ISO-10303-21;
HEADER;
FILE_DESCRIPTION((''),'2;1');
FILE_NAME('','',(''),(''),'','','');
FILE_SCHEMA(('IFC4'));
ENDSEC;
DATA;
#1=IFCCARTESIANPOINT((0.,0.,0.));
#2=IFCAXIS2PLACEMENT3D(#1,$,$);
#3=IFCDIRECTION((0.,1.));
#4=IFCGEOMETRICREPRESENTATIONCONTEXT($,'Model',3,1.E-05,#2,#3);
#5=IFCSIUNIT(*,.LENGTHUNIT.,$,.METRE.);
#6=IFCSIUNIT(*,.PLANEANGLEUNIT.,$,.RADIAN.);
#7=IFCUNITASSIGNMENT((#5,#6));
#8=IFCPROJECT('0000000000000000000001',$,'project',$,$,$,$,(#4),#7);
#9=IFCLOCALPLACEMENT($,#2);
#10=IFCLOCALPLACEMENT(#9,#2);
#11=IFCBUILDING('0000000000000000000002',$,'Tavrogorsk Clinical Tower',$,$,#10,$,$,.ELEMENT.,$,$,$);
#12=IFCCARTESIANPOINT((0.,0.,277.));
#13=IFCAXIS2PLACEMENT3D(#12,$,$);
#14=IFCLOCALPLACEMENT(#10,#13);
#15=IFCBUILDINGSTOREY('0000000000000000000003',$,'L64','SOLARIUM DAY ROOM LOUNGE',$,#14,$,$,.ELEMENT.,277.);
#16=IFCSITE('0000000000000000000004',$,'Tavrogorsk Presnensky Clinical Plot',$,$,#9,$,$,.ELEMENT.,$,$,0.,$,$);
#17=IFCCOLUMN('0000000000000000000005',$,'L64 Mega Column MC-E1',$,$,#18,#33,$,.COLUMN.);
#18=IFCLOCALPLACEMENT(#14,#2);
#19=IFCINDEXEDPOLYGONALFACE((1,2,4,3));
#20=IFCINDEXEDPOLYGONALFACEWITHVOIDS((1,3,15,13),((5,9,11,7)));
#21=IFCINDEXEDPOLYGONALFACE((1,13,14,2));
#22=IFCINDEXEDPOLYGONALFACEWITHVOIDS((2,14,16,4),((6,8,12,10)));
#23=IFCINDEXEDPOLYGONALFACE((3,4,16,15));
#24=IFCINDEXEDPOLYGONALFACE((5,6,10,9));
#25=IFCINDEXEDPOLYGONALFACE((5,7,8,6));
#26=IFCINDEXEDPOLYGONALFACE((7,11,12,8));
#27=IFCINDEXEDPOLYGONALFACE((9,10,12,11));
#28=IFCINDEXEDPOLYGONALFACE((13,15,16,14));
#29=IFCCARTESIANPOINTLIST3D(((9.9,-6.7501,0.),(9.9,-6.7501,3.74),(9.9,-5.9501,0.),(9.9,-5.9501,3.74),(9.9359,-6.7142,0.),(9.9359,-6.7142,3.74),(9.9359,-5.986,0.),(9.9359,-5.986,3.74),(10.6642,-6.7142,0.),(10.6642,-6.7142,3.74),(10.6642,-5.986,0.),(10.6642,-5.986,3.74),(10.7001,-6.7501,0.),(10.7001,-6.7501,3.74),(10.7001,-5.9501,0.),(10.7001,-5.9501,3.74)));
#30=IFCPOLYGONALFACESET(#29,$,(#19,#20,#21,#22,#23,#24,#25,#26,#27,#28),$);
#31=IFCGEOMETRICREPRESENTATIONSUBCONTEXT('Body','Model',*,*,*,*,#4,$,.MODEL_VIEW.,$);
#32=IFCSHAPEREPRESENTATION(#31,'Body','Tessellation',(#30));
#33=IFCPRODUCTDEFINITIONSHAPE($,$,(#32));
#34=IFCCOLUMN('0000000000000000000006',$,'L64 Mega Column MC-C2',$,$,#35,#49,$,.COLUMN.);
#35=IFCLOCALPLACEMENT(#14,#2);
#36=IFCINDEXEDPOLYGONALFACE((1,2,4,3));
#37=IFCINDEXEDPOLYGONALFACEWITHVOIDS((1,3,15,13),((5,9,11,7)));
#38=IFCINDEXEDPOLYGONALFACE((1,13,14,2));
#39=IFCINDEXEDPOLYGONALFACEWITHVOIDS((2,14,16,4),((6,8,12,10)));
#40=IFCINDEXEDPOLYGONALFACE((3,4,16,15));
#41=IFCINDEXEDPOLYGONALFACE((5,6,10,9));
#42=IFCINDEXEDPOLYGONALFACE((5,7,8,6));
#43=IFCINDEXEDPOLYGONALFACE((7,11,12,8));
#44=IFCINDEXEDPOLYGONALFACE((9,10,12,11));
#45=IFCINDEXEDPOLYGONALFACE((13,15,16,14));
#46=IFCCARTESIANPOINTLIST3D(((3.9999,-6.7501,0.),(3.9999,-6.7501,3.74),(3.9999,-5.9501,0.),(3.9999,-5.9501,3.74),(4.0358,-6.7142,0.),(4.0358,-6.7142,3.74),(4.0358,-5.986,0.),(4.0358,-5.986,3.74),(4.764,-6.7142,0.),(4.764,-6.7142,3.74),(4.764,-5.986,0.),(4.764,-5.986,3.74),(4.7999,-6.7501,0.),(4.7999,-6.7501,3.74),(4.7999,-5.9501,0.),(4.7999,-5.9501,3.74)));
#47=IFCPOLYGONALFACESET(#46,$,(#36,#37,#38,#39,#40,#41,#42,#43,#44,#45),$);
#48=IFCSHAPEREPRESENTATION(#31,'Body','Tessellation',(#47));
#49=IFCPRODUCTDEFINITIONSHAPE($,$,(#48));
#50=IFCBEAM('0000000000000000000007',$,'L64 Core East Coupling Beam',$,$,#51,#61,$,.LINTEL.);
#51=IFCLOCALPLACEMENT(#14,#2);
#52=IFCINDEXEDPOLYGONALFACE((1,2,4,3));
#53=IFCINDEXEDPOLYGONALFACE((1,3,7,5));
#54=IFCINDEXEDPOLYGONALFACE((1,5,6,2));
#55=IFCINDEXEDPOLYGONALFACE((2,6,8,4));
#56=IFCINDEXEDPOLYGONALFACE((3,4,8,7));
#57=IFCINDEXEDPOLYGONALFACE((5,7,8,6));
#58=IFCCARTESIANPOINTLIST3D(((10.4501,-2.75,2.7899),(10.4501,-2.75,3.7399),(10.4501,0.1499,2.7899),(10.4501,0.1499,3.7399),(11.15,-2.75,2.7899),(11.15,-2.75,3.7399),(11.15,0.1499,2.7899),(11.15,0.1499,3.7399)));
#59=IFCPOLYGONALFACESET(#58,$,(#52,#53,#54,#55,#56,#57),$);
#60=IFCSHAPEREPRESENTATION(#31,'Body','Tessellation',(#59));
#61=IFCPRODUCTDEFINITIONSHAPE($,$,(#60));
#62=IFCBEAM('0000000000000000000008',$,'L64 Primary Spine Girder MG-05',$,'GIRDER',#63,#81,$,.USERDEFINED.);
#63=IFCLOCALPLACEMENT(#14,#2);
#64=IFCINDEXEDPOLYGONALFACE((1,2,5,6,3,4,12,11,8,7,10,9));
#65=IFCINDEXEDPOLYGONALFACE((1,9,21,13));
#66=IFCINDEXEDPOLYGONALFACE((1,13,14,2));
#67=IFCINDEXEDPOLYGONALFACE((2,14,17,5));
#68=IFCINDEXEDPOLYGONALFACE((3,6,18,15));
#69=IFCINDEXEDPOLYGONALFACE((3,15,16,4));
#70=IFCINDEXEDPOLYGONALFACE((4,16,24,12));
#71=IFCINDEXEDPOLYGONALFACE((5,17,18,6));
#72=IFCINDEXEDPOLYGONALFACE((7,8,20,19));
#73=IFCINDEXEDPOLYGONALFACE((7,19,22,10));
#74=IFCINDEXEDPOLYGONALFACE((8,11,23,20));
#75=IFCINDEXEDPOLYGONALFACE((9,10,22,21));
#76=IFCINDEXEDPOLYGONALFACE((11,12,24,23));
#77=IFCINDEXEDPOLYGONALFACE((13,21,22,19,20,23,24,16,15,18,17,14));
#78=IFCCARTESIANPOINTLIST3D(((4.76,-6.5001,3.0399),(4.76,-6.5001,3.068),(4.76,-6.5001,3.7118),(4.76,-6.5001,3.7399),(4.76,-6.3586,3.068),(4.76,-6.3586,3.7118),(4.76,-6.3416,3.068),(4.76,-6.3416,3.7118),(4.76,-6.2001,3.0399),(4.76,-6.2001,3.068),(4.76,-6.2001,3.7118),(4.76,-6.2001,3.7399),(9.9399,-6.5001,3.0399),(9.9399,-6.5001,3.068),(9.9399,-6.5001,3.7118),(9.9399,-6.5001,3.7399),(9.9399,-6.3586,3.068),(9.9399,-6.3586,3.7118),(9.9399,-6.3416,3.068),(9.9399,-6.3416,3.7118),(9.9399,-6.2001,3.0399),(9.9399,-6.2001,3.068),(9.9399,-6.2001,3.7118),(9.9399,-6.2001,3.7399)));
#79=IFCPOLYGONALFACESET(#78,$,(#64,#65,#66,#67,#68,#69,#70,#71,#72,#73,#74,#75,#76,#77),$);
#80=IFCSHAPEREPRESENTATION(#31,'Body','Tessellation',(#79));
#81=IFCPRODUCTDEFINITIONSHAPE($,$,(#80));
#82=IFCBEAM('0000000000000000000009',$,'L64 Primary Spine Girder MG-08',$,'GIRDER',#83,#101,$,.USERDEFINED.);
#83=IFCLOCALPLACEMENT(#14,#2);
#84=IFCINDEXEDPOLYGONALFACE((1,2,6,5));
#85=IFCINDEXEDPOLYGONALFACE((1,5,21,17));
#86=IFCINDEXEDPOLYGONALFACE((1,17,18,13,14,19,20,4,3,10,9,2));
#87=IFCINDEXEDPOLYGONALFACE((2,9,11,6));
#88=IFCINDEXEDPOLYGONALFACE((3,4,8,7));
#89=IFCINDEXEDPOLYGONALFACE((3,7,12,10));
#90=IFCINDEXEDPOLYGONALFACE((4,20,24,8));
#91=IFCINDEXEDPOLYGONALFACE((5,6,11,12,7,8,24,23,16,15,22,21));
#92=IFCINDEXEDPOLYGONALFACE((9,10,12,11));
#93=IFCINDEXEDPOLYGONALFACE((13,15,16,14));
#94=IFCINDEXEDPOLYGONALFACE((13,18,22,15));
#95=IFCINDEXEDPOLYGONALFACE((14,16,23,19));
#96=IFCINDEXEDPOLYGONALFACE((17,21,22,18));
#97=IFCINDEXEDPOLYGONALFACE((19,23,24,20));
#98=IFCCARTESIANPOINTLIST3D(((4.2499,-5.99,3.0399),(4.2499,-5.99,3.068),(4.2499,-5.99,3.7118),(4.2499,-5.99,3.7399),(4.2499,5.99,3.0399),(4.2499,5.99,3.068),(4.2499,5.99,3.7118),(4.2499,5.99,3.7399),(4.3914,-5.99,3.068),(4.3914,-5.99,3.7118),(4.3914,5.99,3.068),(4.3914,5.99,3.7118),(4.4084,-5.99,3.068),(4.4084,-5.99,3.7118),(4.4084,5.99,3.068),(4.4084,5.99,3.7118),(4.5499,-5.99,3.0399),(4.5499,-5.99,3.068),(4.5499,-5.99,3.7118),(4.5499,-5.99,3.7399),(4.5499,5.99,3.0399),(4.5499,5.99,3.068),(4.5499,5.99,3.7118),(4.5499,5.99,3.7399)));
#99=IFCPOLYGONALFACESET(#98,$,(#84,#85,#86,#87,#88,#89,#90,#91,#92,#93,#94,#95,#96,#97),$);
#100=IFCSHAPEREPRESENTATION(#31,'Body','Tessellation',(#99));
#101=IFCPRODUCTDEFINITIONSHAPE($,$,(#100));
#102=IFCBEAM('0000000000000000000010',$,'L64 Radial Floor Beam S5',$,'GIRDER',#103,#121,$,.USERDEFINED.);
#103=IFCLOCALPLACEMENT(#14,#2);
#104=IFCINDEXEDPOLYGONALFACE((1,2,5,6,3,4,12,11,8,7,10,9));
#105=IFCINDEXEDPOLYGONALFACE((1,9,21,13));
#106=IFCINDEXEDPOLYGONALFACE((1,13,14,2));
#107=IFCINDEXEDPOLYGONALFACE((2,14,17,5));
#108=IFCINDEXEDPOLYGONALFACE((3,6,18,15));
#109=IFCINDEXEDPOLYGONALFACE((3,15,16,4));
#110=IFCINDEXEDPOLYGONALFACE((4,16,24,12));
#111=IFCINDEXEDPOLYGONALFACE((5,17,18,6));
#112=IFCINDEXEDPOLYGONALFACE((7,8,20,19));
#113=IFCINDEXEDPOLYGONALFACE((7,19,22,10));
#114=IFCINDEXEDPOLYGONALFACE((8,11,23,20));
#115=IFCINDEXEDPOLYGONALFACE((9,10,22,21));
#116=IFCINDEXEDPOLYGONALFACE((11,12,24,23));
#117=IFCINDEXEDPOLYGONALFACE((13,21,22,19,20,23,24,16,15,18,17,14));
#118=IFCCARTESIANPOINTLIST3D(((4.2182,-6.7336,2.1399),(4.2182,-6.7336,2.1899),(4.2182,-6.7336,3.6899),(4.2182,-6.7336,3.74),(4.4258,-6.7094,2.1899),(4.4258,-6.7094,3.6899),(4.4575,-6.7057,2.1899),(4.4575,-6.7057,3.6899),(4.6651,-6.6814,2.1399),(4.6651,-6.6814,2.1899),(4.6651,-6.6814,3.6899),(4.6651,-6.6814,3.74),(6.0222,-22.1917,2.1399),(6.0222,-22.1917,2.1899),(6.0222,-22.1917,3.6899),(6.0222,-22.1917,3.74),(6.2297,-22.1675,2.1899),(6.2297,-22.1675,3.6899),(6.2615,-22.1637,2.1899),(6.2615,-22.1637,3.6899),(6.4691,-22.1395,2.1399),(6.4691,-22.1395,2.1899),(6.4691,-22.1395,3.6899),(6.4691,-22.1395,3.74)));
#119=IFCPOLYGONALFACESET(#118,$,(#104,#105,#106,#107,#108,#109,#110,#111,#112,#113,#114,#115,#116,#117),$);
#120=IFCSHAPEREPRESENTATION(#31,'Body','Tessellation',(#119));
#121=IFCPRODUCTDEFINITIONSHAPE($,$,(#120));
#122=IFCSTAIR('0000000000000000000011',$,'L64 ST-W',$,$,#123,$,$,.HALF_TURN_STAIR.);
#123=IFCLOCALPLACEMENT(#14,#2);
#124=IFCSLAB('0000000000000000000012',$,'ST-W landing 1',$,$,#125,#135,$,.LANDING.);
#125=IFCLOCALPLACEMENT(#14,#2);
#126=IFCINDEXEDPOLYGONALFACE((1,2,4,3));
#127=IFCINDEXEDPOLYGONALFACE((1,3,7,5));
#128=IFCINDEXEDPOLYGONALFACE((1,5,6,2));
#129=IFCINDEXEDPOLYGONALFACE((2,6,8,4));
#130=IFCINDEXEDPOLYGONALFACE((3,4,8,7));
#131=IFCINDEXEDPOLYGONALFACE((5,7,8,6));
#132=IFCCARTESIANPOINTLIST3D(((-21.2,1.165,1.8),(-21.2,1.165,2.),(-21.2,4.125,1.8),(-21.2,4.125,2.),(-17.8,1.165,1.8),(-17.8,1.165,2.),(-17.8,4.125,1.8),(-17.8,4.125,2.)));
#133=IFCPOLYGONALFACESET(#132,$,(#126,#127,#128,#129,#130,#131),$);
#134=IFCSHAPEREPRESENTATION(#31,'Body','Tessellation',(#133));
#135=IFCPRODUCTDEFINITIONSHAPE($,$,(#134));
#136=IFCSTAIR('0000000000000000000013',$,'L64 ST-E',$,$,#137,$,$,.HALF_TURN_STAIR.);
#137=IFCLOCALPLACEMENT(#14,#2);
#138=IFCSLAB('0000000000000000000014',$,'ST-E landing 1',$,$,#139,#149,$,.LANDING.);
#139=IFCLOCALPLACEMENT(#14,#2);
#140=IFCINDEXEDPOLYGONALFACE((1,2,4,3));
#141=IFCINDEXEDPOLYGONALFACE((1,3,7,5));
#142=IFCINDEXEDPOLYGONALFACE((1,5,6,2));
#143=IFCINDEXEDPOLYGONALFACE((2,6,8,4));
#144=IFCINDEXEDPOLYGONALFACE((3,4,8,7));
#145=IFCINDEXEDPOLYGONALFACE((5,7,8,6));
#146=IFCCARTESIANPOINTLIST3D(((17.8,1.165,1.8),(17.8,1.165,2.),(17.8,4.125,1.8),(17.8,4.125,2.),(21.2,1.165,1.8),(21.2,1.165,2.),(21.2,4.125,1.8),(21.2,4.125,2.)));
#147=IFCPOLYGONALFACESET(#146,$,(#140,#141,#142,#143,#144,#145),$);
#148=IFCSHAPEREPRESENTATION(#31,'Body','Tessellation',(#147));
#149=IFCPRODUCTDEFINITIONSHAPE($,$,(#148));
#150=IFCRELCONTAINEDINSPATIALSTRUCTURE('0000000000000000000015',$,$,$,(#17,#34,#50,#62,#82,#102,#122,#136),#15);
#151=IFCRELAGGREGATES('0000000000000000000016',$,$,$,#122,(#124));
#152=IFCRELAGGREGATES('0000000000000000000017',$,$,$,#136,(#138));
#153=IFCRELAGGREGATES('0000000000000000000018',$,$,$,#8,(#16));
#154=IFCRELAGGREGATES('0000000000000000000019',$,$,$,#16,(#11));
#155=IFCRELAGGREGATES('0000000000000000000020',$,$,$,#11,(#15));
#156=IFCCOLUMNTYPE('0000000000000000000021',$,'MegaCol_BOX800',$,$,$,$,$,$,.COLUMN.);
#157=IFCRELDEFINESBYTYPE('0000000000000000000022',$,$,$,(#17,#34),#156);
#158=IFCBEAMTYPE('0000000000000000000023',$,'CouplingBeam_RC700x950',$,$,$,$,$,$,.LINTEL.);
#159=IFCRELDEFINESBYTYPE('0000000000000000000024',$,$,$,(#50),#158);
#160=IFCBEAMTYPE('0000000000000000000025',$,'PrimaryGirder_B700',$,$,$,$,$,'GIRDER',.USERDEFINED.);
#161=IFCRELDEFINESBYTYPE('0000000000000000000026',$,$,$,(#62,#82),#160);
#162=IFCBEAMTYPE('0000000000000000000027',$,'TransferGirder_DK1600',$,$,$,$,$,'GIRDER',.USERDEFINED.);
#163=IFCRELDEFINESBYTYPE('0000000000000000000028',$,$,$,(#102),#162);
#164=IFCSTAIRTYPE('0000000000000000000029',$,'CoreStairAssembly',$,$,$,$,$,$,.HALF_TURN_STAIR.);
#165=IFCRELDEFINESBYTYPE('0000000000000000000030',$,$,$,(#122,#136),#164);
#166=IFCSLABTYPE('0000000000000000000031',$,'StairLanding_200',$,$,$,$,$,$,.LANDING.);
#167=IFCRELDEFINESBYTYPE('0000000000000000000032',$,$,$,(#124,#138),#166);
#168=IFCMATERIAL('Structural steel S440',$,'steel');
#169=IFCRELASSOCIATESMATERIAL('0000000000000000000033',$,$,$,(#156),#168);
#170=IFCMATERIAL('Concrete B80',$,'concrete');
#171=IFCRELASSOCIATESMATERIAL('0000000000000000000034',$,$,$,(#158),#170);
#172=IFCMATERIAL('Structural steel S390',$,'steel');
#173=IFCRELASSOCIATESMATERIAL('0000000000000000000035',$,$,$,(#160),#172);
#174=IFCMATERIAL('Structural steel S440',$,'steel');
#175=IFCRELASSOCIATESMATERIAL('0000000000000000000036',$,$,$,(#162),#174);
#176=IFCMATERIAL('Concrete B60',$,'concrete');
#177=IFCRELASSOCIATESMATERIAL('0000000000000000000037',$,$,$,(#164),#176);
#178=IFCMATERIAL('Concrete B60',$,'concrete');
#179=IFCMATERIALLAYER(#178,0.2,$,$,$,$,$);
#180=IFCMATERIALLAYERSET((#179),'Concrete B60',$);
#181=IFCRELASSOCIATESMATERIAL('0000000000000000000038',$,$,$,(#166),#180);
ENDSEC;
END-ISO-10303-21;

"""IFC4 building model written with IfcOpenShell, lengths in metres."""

from ifc_helpers import new_model, si_unit, direction, frame, origin, origin_2d, place, context, subcontext, project, spatial, polyline, rectangle, hollow_rectangle, i_section, outline, extrude, material, layer, layer_set, material_profile, profile_set, type_object, element, aggregate, save


model = new_model("IFC4")

# Units and contexts
model_context = context("Model", 3, precision=1e-05, world=origin(), true_north=direction((0.0, 1.0)))
body_context = subcontext(model_context, "Body", "Model", "MODEL_VIEW")
ifc_project = project(units=[si_unit("LENGTHUNIT", "METRE"), si_unit("PLANEANGLEUNIT", "RADIAN")], contexts=[model_context])

# Site, building, storey
site_placement = place(None, origin())
site = spatial("IfcSite", under=ifc_project, at=site_placement, Name="Tavrogorsk Presnensky Clinical Plot", CompositionType="ELEMENT", RefElevation=0.0)
building_placement = place(site_placement, origin())
building = spatial("IfcBuilding", under=site, at=building_placement, Name="Tavrogorsk Clinical Tower", CompositionType="ELEMENT")
storey_placement = place(building_placement, frame((0.0, 0.0, 277.0)))
storey = spatial("IfcBuildingStorey", under=building, at=storey_placement, Name="L64", Description="SOLARIUM DAY ROOM LOUNGE", CompositionType="ELEMENT", Elevation=277.0)

# Columns
ifc_material_1 = material(Name="Structural steel S440", Category="steel")
ifc_material_profile_1 = material_profile(ifc_material_1, hollow_rectangle(XDim=0.8, YDim=0.8, WallThickness=0.0359, at=origin_2d()), Name="BOX-800x800x36")
ifc_profile_set_1 = profile_set([ifc_material_profile_1], Name="Structural steel S440")
column_type = type_object("IfcColumnType", Name="MegaCol_BOX800", PredefinedType="COLUMN", material=ifc_profile_set_1)
for number, where, z_axis, x_axis, name in (
    (1, (10.3, -6.3501, 0.0), (0.0, 0.0, 1.0), (1.0, 0.0, 0.0), "L64 Mega Column MC-E1"),
    (2, (4.3999, -6.3501, 0.0), (0.0, 0.0, 1.0), (1.0, 0.0, 0.0), "L64 Mega Column MC-C2"),
):
    element("IfcColumn", number, at=place(storey_placement, frame(where, z_axis=z_axis, x_axis=x_axis)), inside=storey, type_object=column_type, Name=name, PredefinedType="COLUMN", context=body_context, shape_type="SweptSolid", body=[
        extrude(hollow_rectangle(XDim=0.8, YDim=0.8, WallThickness=0.0359, at=origin_2d()), origin(), (0.0, 0.0, 1.0), 3.74),
    ])

# Beams
ifc_material_2 = material(Name="Concrete B80", Category="concrete")
ifc_material_profile_2 = material_profile(ifc_material_2, rectangle(XDim=0.7, YDim=0.95, at=origin_2d()), Name="RC-CB-700x950")
ifc_profile_set_2 = profile_set([ifc_material_profile_2], Name="Concrete B80")
beam_type_1 = type_object("IfcBeamType", Name="CouplingBeam_RC700x950", PredefinedType="LINTEL", material=ifc_profile_set_2)
beam_1_placement = place(storey_placement, frame((10.8, -2.75, 3.2649), z_axis=(0.0, 1.0, 0.0), x_axis=(-1.0, 0.0, 0.0)))
element("IfcBeam", 3, at=beam_1_placement, inside=storey, type_object=beam_type_1, Name="L64 Core East Coupling Beam", PredefinedType="LINTEL", context=body_context, shape_type="SweptSolid", body=[
    extrude(rectangle(XDim=0.7, YDim=0.95, at=origin_2d()), origin(), (0.0, 0.0, 1.0), 2.8999),
])
ifc_material_3 = material(Name="Structural steel S390", Category="steel")
ifc_material_profile_3 = material_profile(ifc_material_3, i_section(OverallWidth=0.3, OverallDepth=0.7, WebThickness=0.0171, FlangeThickness=0.0281, at=origin_2d()), Name="B-700x300x17x28")
ifc_profile_set_3 = profile_set([ifc_material_profile_3], Name="Structural steel S390")
beam_type_2 = type_object("IfcBeamType", Name="PrimaryGirder_B700", ElementType="GIRDER", PredefinedType="USERDEFINED", material=ifc_profile_set_3)
beam_2_placement = place(storey_placement, frame((4.76, -6.3501, 3.3899), z_axis=(1.0, 0.0, 0.0), x_axis=(0.0, 1.0, 0.0)))
element("IfcBeam", 4, at=beam_2_placement, inside=storey, type_object=beam_type_2, Name="L64 Primary Spine Girder MG-05", ObjectType="GIRDER", PredefinedType="USERDEFINED", context=body_context, shape_type="SweptSolid", body=[
    extrude(i_section(OverallWidth=0.3, OverallDepth=0.7, WebThickness=0.0171, FlangeThickness=0.0281, at=origin_2d()), origin(), (0.0, 0.0, 1.0), 5.1799),
])
beam_3_placement = place(storey_placement, frame((4.3999, -5.99, 3.3899), z_axis=(0.0, 1.0, 0.0), x_axis=(-1.0, 0.0, 0.0)))
element("IfcBeam", 5, at=beam_3_placement, inside=storey, type_object=beam_type_2, Name="L64 Primary Spine Girder MG-08", ObjectType="GIRDER", PredefinedType="USERDEFINED", context=body_context, shape_type="SweptSolid", body=[
    extrude(i_section(OverallWidth=0.3, OverallDepth=0.7, WebThickness=0.0171, FlangeThickness=0.0281, at=origin_2d()), origin(), (0.0, 0.0, 1.0), 11.98),
])
ifc_material_4 = material(Name="Structural steel S440", Category="steel")
ifc_material_profile_4 = material_profile(ifc_material_4, i_section(OverallWidth=0.45, OverallDepth=1.6001, WebThickness=0.032, FlangeThickness=0.05, at=origin_2d()), Name="DK-1600x450x32x50")
ifc_profile_set_4 = profile_set([ifc_material_profile_4], Name="Structural steel S440")
beam_type_3 = type_object("IfcBeamType", Name="TransferGirder_DK1600", ElementType="GIRDER", PredefinedType="USERDEFINED", material=ifc_profile_set_4)
beam_4_placement = place(storey_placement, frame((4.4417, -6.7075, 2.9399), z_axis=(0.115914, -0.993259, 0.0), x_axis=(0.993259, 0.115914, 0.0)))
element("IfcBeam", 6, at=beam_4_placement, inside=storey, type_object=beam_type_3, Name="L64 Radial Floor Beam S5", ObjectType="GIRDER", PredefinedType="USERDEFINED", context=body_context, shape_type="SweptSolid", body=[
    extrude(i_section(OverallWidth=0.45, OverallDepth=1.6001, WebThickness=0.032, FlangeThickness=0.05, at=origin_2d()), origin(), (0.0, 0.0, 1.0), 15.563),
])

# Stairs, slabs
ifc_material_5 = material(Name="Concrete B60", Category="concrete")
stair_type = type_object("IfcStairType", Name="CoreStairAssembly", PredefinedType="HALF_TURN_STAIR", material=ifc_material_5)
stair_1_placement = place(storey_placement, origin())
stair_1 = element("IfcStair", 7, at=stair_1_placement, inside=storey, type_object=stair_type, Name="L64 ST-W", PredefinedType="HALF_TURN_STAIR")
ifc_material_6 = material(Name="Concrete B60", Category="concrete")
ifc_layer_1 = layer(ifc_material_6, 0.2)
ifc_layer_set_1 = layer_set([ifc_layer_1], Name="Concrete B60")
slab_type_1 = type_object("IfcSlabType", Name="StairLanding_200", PredefinedType="LANDING", material=ifc_layer_set_1)
slab_1_placement = place(storey_placement, frame((0.0, 0.0, 1.8)))
slab_1 = element("IfcSlab", 8, at=slab_1_placement, type_object=slab_type_1, Name="ST-W landing 1", PredefinedType="LANDING", context=body_context, shape_type="SweptSolid", body=[
    extrude(outline(polyline([(-17.8, 1.165), (-17.8, 4.125), (-21.2, 4.125), (-21.2, 1.165), (-17.8, 1.165)])), origin(), (0.0, 0.0, 1.0), 0.2),
])
aggregate(stair_1, [slab_1])
stair_2_placement = place(storey_placement, origin())
stair_2 = element("IfcStair", 9, at=stair_2_placement, inside=storey, type_object=stair_type, Name="L64 ST-E", PredefinedType="HALF_TURN_STAIR")
slab_2_placement = place(storey_placement, frame((0.0, 0.0, 1.8)))
slab_2 = element("IfcSlab", 10, at=slab_2_placement, type_object=slab_type_1, Name="ST-E landing 1", PredefinedType="LANDING", context=body_context, shape_type="SweptSolid", body=[
    extrude(outline(polyline([(21.2, 1.165), (21.2, 4.125), (17.8, 4.125), (17.8, 1.165), (21.2, 1.165)])), origin(), (0.0, 0.0, 1.0), 0.2),
])
aggregate(stair_2, [slab_2])

save(model, "model.ifc")
